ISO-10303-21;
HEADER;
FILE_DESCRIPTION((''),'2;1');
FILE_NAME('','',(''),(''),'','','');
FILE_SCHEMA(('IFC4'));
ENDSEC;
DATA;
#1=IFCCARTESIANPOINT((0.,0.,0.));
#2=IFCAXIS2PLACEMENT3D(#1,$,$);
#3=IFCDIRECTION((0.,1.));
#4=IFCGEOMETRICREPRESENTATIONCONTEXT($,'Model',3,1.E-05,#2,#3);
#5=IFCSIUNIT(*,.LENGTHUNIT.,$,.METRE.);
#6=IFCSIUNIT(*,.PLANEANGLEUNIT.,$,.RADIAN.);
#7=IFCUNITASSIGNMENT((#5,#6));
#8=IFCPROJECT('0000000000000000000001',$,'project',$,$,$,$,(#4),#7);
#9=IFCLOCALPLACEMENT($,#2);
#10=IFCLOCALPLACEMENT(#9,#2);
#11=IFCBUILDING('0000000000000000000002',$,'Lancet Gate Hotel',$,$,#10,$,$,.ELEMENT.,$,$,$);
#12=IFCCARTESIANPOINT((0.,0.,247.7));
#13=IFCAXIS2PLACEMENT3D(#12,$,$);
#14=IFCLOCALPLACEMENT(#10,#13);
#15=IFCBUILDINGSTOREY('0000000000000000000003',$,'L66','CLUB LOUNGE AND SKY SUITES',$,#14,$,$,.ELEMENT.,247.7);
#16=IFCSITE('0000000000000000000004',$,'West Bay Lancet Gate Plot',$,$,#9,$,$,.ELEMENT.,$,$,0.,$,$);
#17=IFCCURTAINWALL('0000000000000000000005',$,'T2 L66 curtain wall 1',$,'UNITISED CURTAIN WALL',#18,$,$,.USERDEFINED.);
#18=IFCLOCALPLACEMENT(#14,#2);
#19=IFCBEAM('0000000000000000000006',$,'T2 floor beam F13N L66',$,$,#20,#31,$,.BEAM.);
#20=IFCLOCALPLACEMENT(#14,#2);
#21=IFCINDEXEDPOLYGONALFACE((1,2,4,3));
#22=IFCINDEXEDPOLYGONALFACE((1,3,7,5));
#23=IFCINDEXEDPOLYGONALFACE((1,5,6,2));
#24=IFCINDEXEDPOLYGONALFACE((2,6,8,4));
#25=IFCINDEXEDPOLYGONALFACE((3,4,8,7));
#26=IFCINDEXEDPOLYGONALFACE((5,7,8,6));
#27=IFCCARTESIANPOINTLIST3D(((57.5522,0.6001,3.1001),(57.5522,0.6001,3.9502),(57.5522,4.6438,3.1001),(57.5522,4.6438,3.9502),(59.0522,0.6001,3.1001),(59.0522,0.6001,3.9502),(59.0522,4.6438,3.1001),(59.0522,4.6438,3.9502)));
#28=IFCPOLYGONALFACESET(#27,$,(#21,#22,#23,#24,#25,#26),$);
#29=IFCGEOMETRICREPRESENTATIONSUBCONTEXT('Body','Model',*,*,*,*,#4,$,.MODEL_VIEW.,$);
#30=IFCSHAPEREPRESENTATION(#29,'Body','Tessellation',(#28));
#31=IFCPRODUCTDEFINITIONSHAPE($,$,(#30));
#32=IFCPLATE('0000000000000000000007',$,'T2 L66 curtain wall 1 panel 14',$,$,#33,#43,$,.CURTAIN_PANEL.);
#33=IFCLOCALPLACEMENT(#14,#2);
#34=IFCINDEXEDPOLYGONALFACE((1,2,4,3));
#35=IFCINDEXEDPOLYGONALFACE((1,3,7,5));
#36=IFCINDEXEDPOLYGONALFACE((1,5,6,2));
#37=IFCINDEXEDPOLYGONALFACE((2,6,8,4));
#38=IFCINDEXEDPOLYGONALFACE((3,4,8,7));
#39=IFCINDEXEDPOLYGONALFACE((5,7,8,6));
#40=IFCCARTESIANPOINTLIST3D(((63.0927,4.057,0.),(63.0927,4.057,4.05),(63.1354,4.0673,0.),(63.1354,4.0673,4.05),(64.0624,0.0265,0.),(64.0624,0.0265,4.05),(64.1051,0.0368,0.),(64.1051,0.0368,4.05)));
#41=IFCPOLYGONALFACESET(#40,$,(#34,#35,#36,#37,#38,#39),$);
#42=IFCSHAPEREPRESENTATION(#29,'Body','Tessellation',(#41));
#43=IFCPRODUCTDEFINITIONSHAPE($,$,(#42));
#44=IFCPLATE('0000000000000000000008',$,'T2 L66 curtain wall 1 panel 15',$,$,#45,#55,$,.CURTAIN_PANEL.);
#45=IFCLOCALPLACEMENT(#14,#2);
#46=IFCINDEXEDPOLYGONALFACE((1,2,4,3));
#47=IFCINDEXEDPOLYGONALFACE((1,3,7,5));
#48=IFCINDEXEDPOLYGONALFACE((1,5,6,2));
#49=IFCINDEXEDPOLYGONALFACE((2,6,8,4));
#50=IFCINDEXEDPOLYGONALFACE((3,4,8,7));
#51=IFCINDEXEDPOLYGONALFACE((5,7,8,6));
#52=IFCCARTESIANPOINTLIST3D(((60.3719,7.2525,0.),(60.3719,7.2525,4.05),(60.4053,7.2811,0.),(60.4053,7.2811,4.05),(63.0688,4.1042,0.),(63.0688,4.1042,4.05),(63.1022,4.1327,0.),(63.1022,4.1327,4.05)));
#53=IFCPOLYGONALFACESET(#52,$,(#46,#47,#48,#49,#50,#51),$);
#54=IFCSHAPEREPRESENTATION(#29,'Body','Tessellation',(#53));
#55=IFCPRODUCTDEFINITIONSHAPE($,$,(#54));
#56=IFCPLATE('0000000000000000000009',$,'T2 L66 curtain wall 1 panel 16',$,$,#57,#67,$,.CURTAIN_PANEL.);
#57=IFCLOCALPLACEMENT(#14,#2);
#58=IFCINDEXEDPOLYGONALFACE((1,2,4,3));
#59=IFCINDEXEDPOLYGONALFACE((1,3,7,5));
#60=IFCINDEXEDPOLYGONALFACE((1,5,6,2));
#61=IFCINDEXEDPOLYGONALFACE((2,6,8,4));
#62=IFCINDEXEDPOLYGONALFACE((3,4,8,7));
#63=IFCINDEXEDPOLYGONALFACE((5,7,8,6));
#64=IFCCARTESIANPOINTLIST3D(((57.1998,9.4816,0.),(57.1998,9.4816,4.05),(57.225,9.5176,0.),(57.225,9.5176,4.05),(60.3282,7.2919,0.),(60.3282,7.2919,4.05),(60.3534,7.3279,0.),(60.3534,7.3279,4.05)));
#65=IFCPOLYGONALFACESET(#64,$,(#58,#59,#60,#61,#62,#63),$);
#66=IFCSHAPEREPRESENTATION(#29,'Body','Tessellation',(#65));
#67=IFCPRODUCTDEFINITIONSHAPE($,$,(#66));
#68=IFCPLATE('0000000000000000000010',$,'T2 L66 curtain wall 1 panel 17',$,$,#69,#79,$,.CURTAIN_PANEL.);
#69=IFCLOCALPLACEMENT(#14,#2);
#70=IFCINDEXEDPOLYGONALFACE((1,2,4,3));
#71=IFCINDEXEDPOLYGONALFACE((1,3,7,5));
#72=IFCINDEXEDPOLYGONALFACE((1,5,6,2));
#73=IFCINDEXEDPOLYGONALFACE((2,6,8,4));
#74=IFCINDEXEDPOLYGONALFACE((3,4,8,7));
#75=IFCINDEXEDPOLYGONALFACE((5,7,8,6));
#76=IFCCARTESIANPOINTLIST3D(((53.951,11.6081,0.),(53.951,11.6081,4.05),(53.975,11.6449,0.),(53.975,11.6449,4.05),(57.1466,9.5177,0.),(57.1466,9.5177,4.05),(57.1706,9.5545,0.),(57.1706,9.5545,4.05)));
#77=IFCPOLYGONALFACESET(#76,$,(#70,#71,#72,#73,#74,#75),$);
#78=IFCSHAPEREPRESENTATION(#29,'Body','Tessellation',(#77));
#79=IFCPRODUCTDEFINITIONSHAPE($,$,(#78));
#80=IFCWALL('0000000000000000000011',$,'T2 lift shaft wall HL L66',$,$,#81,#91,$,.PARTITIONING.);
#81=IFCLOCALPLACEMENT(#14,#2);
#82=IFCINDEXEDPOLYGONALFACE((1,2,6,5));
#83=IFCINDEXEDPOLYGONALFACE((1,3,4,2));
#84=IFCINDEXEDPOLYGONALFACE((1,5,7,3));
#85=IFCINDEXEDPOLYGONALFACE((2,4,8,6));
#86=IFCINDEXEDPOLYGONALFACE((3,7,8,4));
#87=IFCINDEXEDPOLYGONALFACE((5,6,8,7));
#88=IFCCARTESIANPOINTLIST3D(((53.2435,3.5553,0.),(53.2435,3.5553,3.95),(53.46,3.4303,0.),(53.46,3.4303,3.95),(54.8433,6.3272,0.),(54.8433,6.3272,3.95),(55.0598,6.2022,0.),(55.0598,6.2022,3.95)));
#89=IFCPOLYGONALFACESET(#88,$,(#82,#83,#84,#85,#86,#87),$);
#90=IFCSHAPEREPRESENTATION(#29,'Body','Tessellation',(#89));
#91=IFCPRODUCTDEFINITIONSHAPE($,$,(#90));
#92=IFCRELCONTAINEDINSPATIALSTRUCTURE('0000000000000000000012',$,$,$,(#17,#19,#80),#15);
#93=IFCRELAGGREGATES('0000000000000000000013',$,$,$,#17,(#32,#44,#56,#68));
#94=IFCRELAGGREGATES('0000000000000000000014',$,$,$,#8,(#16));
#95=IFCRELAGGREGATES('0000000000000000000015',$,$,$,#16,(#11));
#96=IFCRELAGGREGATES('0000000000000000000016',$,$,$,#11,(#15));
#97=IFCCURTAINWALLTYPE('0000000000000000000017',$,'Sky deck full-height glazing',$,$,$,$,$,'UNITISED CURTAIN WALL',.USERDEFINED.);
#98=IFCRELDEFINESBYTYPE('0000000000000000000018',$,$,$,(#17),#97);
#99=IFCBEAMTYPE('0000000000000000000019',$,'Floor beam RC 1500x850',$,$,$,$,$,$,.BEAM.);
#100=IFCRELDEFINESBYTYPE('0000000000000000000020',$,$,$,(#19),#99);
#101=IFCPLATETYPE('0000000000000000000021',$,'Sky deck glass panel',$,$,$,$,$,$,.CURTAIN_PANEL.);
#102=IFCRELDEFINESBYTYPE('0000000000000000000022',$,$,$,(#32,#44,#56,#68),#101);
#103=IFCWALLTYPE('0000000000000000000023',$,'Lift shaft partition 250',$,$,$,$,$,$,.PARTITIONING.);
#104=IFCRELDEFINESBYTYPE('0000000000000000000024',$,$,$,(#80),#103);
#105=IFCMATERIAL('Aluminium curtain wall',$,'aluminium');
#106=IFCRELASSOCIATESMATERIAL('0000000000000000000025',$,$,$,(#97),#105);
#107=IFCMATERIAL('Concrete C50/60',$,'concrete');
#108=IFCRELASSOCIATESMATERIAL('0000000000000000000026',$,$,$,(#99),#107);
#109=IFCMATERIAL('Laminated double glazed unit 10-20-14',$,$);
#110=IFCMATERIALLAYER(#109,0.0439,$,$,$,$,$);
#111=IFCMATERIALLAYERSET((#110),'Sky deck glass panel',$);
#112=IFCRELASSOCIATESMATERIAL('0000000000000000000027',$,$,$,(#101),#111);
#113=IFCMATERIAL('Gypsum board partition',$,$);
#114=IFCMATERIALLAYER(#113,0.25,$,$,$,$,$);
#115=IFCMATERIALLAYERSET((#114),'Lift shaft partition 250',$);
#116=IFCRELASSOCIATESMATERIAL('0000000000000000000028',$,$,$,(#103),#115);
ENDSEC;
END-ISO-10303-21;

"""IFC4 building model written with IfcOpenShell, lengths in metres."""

from ifc_helpers import new_model, si_unit, direction, frame, frame_2d, origin, origin_2d, place, context, subcontext, project, spatial, rectangle, extrude, material, layer, layer_set, material_profile, profile_set, type_object, element, aggregate, save


model = new_model("IFC4")

# Units and contexts
model_context = context("Model", 3, precision=1e-05, world=origin(), true_north=direction((0.0, 1.0)))
body_context = subcontext(model_context, "Body", "Model", "MODEL_VIEW")
ifc_project = project(units=[si_unit("LENGTHUNIT", "METRE"), si_unit("PLANEANGLEUNIT", "RADIAN")], contexts=[model_context])

# Site, building, storey
site_placement = place(None, origin())
site = spatial("IfcSite", under=ifc_project, at=site_placement, Name="West Bay Lancet Gate Plot", CompositionType="ELEMENT", RefElevation=0.0)
building_placement = place(site_placement, origin())
building = spatial("IfcBuilding", under=site, at=building_placement, Name="Lancet Gate Hotel", CompositionType="ELEMENT")
storey_placement = place(building_placement, frame((0.0, 0.0, 247.7)))
storey = spatial("IfcBuildingStorey", under=building, at=storey_placement, Name="L66", Description="CLUB LOUNGE AND SKY SUITES", CompositionType="ELEMENT", Elevation=247.7)

# Curtain wall
ifc_material_1 = material(Name="Aluminium curtain wall", Category="aluminium")
curtain_wall_type = type_object("IfcCurtainWallType", Name="Sky deck full-height glazing", ElementType="UNITISED CURTAIN WALL", PredefinedType="USERDEFINED", material=ifc_material_1)
curtain_wall_placement = place(storey_placement, origin())
curtain_wall = element("IfcCurtainWall", 1, at=curtain_wall_placement, inside=storey, type_object=curtain_wall_type, Name="T2 L66 curtain wall 1", ObjectType="UNITISED CURTAIN WALL", PredefinedType="USERDEFINED")

# Beam
ifc_material_2 = material(Name="Concrete C50/60", Category="concrete")
ifc_material_profile_1 = material_profile(ifc_material_2, rectangle(XDim=1.5, YDim=0.8501, at=origin_2d()), Name="RC 1500x850")
ifc_profile_set_1 = profile_set([ifc_material_profile_1], Name="Concrete C50/60")
beam_type_1 = type_object("IfcBeamType", Name="Floor beam RC 1500x850", PredefinedType="BEAM", material=ifc_profile_set_1)
beam_1_placement = place(storey_placement, frame((58.3022, 0.6001, 3.5251), z_axis=(0.0, 1.0, 0.0), x_axis=(-1.0, 0.0, 0.0)))
element("IfcBeam", 2, at=beam_1_placement, inside=storey, type_object=beam_type_1, Name="T2 floor beam F13N L66", PredefinedType="BEAM", context=body_context, shape_type="SweptSolid", body=[
    extrude(rectangle(XDim=1.5, YDim=0.8501, at=origin_2d()), origin(), (0.0, 0.0, 1.0), 4.0437),
])

# Plates
ifc_material_3 = material(Name="Laminated double glazed unit 10-20-14")
ifc_layer_1 = layer(ifc_material_3, 0.0439)
ifc_layer_set_1 = layer_set([ifc_layer_1], Name="Sky deck glass panel")
plate_type = type_object("IfcPlateType", Name="Sky deck glass panel", PredefinedType="CURTAIN_PANEL", material=ifc_layer_set_1)
plate_1_placement = place(storey_placement, frame((63.5989, 2.0469, 0.0), z_axis=(0.0, 0.0, 1.0), x_axis=(-0.233916, 0.972257, 0.0)))
plate_1 = element("IfcPlate", 3, at=plate_1_placement, type_object=plate_type, Name="T2 L66 curtain wall 1 panel 14", PredefinedType="CURTAIN_PANEL", context=body_context, shape_type="SweptSolid", body=[
    extrude(rectangle(XDim=4.1455, YDim=0.0439, at=origin_2d()), origin(), (0.0, 0.0, 1.0), 4.05),
])
plate_2_placement = place(storey_placement, frame((61.7371, 5.6926, 0.0), z_axis=(0.0, 0.0, 1.0), x_axis=(-0.650552, 0.759462, 0.0)))
plate_2 = element("IfcPlate", 4, at=plate_2_placement, type_object=plate_type, Name="T2 L66 curtain wall 1 panel 15", PredefinedType="CURTAIN_PANEL", context=body_context, shape_type="SweptSolid", body=[
    extrude(rectangle(XDim=4.1455, YDim=0.0439, at=origin_2d()), origin(), (0.0, 0.0, 1.0), 4.05),
])
plate_3_placement = place(storey_placement, frame((58.7766, 8.4048, 0.0), z_axis=(0.0, 0.0, 1.0), x_axis=(-0.819255, 0.573429, 0.0)))
plate_3 = element("IfcPlate", 5, at=plate_3_placement, type_object=plate_type, Name="T2 L66 curtain wall 1 panel 16", PredefinedType="CURTAIN_PANEL", context=body_context, shape_type="SweptSolid", body=[
    extrude(rectangle(XDim=3.8186, YDim=0.0439, at=origin_2d()), origin(), (0.0, 0.0, 1.0), 4.05),
])
plate_4_placement = place(storey_placement, frame((55.5608, 10.5813, 0.0), z_axis=(0.0, 0.0, 1.0), x_axis=(-0.83685, 0.547432, 0.0)))
plate_4 = element("IfcPlate", 6, at=plate_4_placement, type_object=plate_type, Name="T2 L66 curtain wall 1 panel 17", PredefinedType="CURTAIN_PANEL", context=body_context, shape_type="SweptSolid", body=[
    extrude(rectangle(XDim=3.8186, YDim=0.0439, at=origin_2d()), origin(), (0.0, 0.0, 1.0), 4.05),
])
aggregate(curtain_wall, [plate_1, plate_2, plate_3, plate_4])

# Wall
ifc_material_4 = material(Name="Gypsum board partition")
ifc_layer_2 = layer(ifc_material_4, 0.25)
ifc_layer_set_2 = layer_set([ifc_layer_2], Name="Lift shaft partition 250")
wall_type = type_object("IfcWallType", Name="Lift shaft partition 250", PredefinedType="PARTITIONING", material=ifc_layer_set_2)
wall_placement = place(storey_placement, frame((53.3518, 3.4929, 0.0), z_axis=(0.0, 0.0, 1.0), x_axis=(0.499872, 0.866099, 0.0)))
element("IfcWall", 7, at=wall_placement, inside=storey, type_object=wall_type, Name="T2 lift shaft wall HL L66", PredefinedType="PARTITIONING", context=body_context, shape_type="SweptSolid", body=[
    extrude(rectangle(XDim=3.2004, YDim=0.25, at=frame_2d((1.6001, 0.0))), origin(), (0.0, 0.0, 1.0), 3.95),
])

save(model, "model.ifc")
